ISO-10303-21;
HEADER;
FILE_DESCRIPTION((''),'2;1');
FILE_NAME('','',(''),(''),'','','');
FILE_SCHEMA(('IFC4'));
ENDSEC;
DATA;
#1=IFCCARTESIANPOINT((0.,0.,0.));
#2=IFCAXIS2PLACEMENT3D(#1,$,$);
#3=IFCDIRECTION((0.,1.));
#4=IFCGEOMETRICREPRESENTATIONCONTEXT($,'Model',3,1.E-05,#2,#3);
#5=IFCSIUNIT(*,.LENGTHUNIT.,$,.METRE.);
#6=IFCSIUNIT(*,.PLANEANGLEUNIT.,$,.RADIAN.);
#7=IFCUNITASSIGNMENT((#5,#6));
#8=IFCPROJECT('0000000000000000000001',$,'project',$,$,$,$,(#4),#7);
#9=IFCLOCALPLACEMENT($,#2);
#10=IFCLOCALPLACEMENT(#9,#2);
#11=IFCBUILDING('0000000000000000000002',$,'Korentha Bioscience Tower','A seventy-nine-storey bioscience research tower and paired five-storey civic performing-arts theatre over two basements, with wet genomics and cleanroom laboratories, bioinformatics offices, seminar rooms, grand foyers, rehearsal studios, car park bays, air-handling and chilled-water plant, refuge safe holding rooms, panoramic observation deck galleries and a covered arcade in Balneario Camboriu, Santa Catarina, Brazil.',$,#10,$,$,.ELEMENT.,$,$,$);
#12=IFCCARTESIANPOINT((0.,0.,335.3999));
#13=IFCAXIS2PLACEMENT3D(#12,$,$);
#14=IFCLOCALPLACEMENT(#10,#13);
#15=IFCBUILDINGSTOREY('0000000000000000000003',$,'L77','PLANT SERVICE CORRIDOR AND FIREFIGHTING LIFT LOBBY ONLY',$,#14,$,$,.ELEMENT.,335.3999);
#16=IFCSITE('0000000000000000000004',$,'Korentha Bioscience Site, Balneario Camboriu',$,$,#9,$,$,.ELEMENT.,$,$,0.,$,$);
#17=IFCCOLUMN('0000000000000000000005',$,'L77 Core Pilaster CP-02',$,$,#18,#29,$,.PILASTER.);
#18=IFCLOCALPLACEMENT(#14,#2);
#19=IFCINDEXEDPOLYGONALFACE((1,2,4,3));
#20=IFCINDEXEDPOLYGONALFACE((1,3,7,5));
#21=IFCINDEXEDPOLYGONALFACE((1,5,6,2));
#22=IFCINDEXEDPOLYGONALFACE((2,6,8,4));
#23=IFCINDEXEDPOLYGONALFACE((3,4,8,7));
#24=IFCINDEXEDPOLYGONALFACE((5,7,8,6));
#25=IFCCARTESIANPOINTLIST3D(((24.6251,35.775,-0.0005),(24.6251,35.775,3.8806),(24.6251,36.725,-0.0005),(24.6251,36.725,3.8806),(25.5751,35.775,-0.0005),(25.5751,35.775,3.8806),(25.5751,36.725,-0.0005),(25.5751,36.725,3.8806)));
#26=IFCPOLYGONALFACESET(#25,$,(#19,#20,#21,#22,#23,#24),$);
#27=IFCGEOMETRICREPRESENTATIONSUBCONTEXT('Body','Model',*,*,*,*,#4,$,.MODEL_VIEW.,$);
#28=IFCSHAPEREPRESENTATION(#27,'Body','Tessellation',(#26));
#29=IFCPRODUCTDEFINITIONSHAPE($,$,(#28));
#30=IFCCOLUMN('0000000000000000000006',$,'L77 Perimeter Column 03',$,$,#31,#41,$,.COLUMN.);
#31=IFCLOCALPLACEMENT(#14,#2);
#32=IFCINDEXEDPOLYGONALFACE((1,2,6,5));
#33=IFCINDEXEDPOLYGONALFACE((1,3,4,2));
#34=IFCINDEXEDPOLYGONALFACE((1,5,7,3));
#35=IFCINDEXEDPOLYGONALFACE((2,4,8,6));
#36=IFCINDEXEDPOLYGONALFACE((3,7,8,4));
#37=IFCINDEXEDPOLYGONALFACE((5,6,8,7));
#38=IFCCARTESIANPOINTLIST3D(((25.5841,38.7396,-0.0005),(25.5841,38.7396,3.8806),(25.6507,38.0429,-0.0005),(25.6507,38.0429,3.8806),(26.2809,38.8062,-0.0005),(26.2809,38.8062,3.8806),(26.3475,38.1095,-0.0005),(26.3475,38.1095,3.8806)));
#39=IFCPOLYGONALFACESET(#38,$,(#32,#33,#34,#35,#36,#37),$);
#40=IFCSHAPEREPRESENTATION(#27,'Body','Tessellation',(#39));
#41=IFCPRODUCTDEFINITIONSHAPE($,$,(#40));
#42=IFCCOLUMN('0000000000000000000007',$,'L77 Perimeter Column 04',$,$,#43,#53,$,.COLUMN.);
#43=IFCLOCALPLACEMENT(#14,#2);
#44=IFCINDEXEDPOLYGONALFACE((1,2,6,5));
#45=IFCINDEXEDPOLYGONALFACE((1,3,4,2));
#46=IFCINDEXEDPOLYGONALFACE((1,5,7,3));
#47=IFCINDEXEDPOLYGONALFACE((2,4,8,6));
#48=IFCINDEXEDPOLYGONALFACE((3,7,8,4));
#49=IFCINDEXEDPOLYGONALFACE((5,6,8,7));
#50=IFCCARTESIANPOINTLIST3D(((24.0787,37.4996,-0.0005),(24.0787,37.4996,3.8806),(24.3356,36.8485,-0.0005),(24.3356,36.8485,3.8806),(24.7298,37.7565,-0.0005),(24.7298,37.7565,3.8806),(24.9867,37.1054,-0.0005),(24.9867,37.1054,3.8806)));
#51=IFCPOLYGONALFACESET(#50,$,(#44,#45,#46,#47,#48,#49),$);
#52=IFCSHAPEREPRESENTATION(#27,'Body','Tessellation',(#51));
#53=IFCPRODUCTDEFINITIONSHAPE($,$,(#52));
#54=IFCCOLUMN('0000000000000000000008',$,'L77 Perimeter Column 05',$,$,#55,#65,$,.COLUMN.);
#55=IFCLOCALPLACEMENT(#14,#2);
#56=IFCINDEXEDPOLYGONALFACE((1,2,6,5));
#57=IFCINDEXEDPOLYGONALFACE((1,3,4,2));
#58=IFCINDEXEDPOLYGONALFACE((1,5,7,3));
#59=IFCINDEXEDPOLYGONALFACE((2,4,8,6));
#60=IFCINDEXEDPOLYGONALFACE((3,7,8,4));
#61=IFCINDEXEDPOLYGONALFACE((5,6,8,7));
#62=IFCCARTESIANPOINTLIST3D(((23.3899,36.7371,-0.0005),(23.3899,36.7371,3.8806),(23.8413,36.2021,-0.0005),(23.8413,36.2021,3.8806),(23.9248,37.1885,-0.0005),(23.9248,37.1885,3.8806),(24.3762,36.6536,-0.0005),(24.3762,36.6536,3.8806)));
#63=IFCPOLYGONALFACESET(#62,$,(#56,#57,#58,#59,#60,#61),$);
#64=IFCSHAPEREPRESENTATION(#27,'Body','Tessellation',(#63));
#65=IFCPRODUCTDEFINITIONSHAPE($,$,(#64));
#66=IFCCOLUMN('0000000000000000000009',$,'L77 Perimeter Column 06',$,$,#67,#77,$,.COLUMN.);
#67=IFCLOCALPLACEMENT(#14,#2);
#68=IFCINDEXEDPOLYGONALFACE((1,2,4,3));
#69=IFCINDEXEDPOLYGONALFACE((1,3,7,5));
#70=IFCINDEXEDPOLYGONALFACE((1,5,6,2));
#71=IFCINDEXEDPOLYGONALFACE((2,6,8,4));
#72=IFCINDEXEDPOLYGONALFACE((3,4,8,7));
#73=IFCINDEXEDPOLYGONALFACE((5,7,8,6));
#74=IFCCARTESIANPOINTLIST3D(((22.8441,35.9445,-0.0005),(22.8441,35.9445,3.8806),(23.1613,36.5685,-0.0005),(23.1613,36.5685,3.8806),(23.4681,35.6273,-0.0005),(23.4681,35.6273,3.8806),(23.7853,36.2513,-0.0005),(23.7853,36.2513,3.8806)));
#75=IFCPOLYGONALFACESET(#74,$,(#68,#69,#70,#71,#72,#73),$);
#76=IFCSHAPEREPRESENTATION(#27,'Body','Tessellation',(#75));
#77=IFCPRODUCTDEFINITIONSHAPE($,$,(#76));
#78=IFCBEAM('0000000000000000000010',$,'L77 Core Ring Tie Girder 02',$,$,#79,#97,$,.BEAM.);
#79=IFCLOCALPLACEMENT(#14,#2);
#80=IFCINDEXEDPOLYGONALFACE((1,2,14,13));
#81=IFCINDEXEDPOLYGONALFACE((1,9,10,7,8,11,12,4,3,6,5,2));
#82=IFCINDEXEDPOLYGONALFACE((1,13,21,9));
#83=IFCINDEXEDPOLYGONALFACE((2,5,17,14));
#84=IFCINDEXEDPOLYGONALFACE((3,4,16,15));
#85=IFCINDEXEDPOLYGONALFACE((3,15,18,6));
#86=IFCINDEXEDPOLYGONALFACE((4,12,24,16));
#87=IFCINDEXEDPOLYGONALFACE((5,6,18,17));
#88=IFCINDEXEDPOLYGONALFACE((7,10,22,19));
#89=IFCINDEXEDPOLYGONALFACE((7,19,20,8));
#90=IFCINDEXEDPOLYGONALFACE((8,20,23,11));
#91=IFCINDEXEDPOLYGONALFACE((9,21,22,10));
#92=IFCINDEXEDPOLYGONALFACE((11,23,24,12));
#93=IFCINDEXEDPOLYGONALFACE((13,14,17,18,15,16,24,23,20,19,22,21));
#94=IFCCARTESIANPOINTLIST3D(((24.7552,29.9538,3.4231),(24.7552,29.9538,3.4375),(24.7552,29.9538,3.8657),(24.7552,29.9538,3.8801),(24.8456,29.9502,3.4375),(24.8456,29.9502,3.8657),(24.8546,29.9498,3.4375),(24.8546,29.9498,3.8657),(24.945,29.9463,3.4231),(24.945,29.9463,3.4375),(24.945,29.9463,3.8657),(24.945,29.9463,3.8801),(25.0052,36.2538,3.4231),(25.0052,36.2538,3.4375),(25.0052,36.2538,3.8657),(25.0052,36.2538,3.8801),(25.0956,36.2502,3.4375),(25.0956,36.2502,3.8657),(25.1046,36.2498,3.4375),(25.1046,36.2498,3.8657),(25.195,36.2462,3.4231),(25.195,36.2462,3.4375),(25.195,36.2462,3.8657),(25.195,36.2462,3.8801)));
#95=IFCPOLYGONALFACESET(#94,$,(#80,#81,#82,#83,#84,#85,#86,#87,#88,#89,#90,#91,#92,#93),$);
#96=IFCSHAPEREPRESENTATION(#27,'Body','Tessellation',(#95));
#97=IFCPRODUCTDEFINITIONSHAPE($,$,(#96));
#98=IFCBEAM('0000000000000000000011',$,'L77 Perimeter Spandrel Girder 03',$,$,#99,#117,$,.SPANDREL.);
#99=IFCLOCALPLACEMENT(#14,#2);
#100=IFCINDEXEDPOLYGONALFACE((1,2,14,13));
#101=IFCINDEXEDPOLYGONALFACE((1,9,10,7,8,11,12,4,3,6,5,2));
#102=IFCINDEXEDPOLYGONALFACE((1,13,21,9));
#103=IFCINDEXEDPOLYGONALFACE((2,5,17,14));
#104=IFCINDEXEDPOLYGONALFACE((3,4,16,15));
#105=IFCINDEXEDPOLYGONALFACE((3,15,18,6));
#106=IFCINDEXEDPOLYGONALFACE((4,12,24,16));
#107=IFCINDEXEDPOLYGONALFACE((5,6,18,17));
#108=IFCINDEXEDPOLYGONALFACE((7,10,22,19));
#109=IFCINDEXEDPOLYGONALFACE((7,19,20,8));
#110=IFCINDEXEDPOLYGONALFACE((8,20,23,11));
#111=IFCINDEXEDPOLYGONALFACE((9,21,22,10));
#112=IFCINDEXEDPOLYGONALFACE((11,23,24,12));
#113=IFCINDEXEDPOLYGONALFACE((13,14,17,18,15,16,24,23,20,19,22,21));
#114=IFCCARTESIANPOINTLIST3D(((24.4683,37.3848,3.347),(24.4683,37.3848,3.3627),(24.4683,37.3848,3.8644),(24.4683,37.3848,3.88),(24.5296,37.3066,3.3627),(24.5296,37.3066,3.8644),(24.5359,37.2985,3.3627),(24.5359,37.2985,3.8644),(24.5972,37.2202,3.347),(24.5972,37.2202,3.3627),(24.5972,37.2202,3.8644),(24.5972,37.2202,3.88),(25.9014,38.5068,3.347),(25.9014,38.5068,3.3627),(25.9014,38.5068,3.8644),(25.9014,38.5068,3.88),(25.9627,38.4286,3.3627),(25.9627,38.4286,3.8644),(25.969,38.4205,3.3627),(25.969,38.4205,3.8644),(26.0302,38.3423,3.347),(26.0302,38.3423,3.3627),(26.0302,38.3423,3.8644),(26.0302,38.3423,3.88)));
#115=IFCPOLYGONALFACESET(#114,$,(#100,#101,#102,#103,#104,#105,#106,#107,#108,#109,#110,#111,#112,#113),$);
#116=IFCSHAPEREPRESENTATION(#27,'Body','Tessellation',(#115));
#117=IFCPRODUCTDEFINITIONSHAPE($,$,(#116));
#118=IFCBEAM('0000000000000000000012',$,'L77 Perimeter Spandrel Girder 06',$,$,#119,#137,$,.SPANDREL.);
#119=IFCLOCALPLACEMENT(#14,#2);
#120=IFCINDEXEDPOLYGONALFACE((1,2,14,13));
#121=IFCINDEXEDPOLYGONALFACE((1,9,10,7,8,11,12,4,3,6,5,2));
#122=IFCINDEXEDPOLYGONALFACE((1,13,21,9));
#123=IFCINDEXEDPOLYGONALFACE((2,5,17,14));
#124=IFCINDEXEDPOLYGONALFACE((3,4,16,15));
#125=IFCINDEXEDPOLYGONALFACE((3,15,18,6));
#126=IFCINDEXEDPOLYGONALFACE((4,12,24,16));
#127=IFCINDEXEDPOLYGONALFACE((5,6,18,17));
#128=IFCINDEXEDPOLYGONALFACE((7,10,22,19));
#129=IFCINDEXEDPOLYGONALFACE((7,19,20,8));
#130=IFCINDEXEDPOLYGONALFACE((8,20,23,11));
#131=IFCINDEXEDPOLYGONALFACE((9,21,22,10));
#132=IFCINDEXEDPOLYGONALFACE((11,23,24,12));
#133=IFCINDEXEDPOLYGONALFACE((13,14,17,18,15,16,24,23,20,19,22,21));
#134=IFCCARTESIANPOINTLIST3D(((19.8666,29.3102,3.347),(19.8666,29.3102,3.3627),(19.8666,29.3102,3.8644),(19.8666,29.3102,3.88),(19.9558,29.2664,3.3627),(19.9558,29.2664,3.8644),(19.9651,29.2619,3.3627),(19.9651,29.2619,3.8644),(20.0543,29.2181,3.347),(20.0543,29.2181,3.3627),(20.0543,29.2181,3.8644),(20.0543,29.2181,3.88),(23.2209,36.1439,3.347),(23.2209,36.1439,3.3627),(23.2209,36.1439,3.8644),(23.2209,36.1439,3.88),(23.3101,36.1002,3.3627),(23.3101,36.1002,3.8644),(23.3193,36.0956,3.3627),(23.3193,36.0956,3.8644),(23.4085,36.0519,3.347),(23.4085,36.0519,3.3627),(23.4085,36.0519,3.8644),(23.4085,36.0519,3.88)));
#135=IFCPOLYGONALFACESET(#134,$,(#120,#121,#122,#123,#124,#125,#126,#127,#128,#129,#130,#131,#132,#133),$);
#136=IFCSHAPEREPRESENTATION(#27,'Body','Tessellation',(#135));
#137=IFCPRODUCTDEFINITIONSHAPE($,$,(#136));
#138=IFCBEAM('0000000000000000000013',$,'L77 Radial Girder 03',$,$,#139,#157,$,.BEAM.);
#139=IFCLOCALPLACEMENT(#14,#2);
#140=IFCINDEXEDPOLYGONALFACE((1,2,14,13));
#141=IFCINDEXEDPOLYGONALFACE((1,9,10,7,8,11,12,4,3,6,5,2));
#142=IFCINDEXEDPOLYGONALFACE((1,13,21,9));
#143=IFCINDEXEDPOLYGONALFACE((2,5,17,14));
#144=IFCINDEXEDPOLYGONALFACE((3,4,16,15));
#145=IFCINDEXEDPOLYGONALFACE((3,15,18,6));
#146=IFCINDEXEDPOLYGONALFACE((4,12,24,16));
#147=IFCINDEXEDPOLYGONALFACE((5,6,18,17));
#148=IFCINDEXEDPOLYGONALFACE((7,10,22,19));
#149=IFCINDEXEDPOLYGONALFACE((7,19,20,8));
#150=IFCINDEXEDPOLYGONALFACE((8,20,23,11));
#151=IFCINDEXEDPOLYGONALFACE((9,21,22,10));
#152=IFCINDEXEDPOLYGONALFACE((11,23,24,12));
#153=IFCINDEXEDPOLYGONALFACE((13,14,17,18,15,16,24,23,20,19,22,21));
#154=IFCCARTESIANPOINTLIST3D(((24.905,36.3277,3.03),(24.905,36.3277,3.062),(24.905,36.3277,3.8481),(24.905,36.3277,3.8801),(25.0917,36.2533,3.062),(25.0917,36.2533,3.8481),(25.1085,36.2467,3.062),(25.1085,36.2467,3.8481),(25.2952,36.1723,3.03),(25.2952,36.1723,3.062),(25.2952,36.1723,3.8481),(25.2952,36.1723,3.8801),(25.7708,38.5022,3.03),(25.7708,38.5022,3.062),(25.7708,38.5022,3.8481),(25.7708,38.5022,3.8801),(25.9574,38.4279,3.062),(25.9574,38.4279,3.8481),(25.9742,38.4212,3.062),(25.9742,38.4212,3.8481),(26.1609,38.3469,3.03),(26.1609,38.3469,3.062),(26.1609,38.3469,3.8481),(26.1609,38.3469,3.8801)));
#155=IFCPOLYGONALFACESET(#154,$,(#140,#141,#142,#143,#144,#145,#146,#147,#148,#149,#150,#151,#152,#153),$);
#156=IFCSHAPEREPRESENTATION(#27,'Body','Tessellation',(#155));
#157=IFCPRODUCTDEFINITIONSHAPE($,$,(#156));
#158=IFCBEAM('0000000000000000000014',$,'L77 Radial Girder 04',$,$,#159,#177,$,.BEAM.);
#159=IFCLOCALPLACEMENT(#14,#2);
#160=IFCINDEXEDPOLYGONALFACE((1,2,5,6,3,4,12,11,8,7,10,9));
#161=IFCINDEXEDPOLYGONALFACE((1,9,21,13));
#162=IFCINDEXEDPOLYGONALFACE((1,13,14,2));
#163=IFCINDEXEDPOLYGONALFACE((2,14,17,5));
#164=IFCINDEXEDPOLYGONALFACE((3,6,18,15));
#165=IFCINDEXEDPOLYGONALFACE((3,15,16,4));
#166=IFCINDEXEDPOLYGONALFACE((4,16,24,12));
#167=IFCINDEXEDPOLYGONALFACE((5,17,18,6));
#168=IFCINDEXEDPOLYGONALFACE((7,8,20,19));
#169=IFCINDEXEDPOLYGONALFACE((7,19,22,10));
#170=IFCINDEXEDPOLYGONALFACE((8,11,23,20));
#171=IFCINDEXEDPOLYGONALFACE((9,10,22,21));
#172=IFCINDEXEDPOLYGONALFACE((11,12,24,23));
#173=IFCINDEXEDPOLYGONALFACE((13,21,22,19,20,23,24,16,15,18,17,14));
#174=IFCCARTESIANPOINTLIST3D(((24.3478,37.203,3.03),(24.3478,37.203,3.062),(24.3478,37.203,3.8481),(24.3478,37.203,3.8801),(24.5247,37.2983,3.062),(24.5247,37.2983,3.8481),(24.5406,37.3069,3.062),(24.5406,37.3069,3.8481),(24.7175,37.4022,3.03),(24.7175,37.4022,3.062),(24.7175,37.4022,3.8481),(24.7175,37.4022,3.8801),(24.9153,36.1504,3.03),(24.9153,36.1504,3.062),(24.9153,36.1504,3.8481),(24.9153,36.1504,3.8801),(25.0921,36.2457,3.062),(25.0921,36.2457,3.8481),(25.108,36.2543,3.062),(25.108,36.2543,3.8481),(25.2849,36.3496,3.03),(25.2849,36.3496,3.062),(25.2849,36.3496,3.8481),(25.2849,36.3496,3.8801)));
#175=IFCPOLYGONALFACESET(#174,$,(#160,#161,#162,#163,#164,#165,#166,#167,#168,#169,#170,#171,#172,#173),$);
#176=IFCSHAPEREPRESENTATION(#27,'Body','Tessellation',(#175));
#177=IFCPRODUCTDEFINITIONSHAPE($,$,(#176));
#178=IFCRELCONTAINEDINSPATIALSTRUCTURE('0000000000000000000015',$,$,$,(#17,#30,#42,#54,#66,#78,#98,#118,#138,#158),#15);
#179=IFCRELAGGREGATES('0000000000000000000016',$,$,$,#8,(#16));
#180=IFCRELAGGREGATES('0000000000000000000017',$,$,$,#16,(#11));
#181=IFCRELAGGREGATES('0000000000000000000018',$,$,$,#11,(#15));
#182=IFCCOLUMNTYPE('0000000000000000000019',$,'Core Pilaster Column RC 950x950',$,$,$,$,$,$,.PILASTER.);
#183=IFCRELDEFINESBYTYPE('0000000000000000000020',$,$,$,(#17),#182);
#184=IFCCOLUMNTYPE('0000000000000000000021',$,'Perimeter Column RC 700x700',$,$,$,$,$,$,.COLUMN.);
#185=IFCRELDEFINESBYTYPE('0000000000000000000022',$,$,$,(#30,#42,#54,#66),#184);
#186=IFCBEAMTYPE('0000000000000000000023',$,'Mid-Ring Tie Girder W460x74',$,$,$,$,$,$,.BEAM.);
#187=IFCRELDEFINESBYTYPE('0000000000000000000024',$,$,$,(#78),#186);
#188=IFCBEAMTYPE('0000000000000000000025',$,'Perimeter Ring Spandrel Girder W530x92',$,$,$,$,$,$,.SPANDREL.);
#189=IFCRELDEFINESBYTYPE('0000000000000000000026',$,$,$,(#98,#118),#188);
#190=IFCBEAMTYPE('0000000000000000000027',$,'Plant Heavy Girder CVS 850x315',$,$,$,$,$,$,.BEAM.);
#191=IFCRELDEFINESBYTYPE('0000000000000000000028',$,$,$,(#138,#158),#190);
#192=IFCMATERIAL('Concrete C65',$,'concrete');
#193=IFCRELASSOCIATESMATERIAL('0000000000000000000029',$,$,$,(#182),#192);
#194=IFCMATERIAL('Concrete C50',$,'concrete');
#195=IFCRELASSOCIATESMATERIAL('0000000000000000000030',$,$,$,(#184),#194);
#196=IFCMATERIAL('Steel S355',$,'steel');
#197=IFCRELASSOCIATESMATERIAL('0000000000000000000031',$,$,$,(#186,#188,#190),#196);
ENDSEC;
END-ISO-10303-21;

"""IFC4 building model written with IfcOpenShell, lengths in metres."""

from ifc_helpers import new_model, si_unit, direction, frame, origin, origin_2d, place, context, subcontext, project, spatial, rectangle, i_section, extrude, material, material_profile, profile_set, type_object, element, save


model = new_model("IFC4")

# Units and contexts
model_context = context("Model", 3, precision=1e-05, world=origin(), true_north=direction((0.0, 1.0)))
body_context = subcontext(model_context, "Body", "Model", "MODEL_VIEW")
ifc_project = project(units=[si_unit("LENGTHUNIT", "METRE"), si_unit("PLANEANGLEUNIT", "RADIAN")], contexts=[model_context])

# Site, building, storey
site_placement = place(None, origin())
site = spatial("IfcSite", under=ifc_project, at=site_placement, Name="Korentha Bioscience Site, Balneario Camboriu", CompositionType="ELEMENT", RefElevation=0.0)
building_placement = place(site_placement, origin())
building = spatial("IfcBuilding", under=site, at=building_placement, Name="Korentha Bioscience Tower", Description="A seventy-nine-storey bioscience research tower and paired five-storey civic performing-arts theatre over two basements, with wet genomics and cleanroom laboratories, bioinformatics offices, seminar rooms, grand foyers, rehearsal studios, car park bays, air-handling and chilled-water plant, refuge safe holding rooms, panoramic observation deck galleries and a covered arcade in Balneario Camboriu, Santa Catarina, Brazil.", CompositionType="ELEMENT")
storey_placement = place(building_placement, frame((0.0, 0.0, 335.3999)))
storey = spatial("IfcBuildingStorey", under=building, at=storey_placement, Name="L77", Description="PLANT SERVICE CORRIDOR AND FIREFIGHTING LIFT LOBBY ONLY", CompositionType="ELEMENT", Elevation=335.3999)

# Columns
ifc_material_1 = material(Name="Concrete C65", Category="concrete")
ifc_material_profile_1 = material_profile(ifc_material_1, rectangle(XDim=0.95, YDim=0.95, at=origin_2d()), Name="Concrete C65")
ifc_profile_set_1 = profile_set([ifc_material_profile_1], Name="Concrete C65 (COL-CP09)")
column_type_1 = type_object("IfcColumnType", Name="Core Pilaster Column RC 950x950", PredefinedType="PILASTER", material=ifc_profile_set_1)
column_placement = place(storey_placement, frame((25.1001, 36.25, -0.0005), z_axis=(0.0, 0.0, 1.0), x_axis=(1.0, 0.0, 0.0)))
element("IfcColumn", 1, at=column_placement, inside=storey, type_object=column_type_1, Name="L77 Core Pilaster CP-02", PredefinedType="PILASTER", context=body_context, shape_type="SweptSolid", body=[
    extrude(rectangle(XDim=0.95, YDim=0.95, at=origin_2d()), origin(), (0.0, 0.0, 1.0), 3.8811),
])
ifc_material_2 = material(Name="Concrete C50", Category="concrete")
ifc_material_profile_2 = material_profile(ifc_material_2, rectangle(XDim=0.7, YDim=0.7, at=origin_2d()), Name="Concrete C50")
ifc_profile_set_2 = profile_set([ifc_material_profile_2], Name="Concrete C50 (COL-P07)")
column_type_2 = type_object("IfcColumnType", Name="Perimeter Column RC 700x700", PredefinedType="COLUMN", material=ifc_profile_set_2)
for number, where, z_axis, x_axis, name in (
    (2, (25.9658, 38.4246, -0.0005), (0.0, 0.0, 1.0), (0.995463, 0.095151, 0.0), "L77 Perimeter Column 03"),
    (3, (24.5327, 37.3025, -0.0005), (0.0, 0.0, 1.0), (0.930226, 0.366988, 0.0), "L77 Perimeter Column 04"),
    (4, (23.8831, 36.6953, -0.0005), (0.0, 0.0, 1.0), (0.764246, 0.644924, 0.0), "L77 Perimeter Column 05"),
    (5, (23.3147, 36.0979, -0.0005), (0.0, 0.0, 1.0), (0.453057, 0.891481, 0.0), "L77 Perimeter Column 06"),
):
    element("IfcColumn", number, at=place(storey_placement, frame(where, z_axis=z_axis, x_axis=x_axis)), inside=storey, type_object=column_type_2, Name=name, PredefinedType="COLUMN", context=body_context, shape_type="SweptSolid", body=[
        extrude(rectangle(XDim=0.7, YDim=0.7, at=origin_2d()), origin(), (0.0, 0.0, 1.0), 3.8811),
    ])

# Beams
ifc_material_3 = material(Name="Steel S355", Category="steel")
ifc_material_profile_3 = material_profile(ifc_material_3, i_section(OverallWidth=0.1899, OverallDepth=0.457, WebThickness=0.009, FlangeThickness=0.0144, at=origin_2d()), Name="Steel S355")
ifc_profile_set_3 = profile_set([ifc_material_profile_3], Name="Steel S355 (MB-460)")
beam_type_1 = type_object("IfcBeamType", Name="Mid-Ring Tie Girder W460x74", PredefinedType="BEAM", material=ifc_profile_set_3)
beam_1_placement = place(storey_placement, frame((25.1001, 36.25, 3.6516), z_axis=(-0.039651, -0.999214, 0.0), x_axis=(0.999214, -0.039651, 0.0)))
element("IfcBeam", 6, at=beam_1_placement, inside=storey, type_object=beam_type_1, Name="L77 Core Ring Tie Girder 02", PredefinedType="BEAM", context=body_context, shape_type="SweptSolid", body=[
    extrude(i_section(OverallWidth=0.1899, OverallDepth=0.457, WebThickness=0.009, FlangeThickness=0.0144, at=origin_2d()), origin(), (0.0, 0.0, 1.0), 6.3049),
])
ifc_material_profile_4 = material_profile(ifc_material_3, i_section(OverallWidth=0.209, OverallDepth=0.533, WebThickness=0.0103, FlangeThickness=0.0156, at=origin_2d()), Name="Steel S355")
ifc_profile_set_4 = profile_set([ifc_material_profile_4], Name="Steel S355 (SB-530)")
beam_type_2 = type_object("IfcBeamType", Name="Perimeter Ring Spandrel Girder W530x92", PredefinedType="SPANDREL", material=ifc_profile_set_4)
beam_2_placement = place(storey_placement, frame((25.9658, 38.4246, 3.6135), z_axis=(-0.787369, -0.616482, 0.0), x_axis=(0.616482, -0.787369, 0.0)))
element("IfcBeam", 7, at=beam_2_placement, inside=storey, type_object=beam_type_2, Name="L77 Perimeter Spandrel Girder 03", PredefinedType="SPANDREL", context=body_context, shape_type="SweptSolid", body=[
    extrude(i_section(OverallWidth=0.209, OverallDepth=0.533, WebThickness=0.0103, FlangeThickness=0.0156, at=origin_2d()), origin(), (0.0, 0.0, 1.0), 1.8201),
])
beam_3_placement = place(storey_placement, frame((23.3147, 36.0979, 3.6135), z_axis=(-0.440621, -0.897693, 0.0), x_axis=(0.897693, -0.440621, 0.0)))
element("IfcBeam", 8, at=beam_3_placement, inside=storey, type_object=beam_type_2, Name="L77 Perimeter Spandrel Girder 06", PredefinedType="SPANDREL", context=body_context, shape_type="SweptSolid", body=[
    extrude(i_section(OverallWidth=0.209, OverallDepth=0.533, WebThickness=0.0103, FlangeThickness=0.0156, at=origin_2d()), origin(), (0.0, 0.0, 1.0), 7.6125),
])
ifc_material_profile_5 = material_profile(ifc_material_3, i_section(OverallWidth=0.4199, OverallDepth=0.8501, WebThickness=0.0181, FlangeThickness=0.032, at=origin_2d()), Name="Steel S355")
ifc_profile_set_5 = profile_set([ifc_material_profile_5], Name="Steel S355 (MB-850)")
beam_type_3 = type_object("IfcBeamType", Name="Plant Heavy Girder CVS 850x315", PredefinedType="BEAM", material=ifc_profile_set_5)
beam_4_placement = place(storey_placement, frame((25.1001, 36.25, 3.4551), z_axis=(0.36988, 0.92908, 0.0), x_axis=(-0.92908, 0.36988, 0.0)))
element("IfcBeam", 9, at=beam_4_placement, inside=storey, type_object=beam_type_3, Name="L77 Radial Girder 03", PredefinedType="BEAM", context=body_context, shape_type="SweptSolid", body=[
    extrude(i_section(OverallWidth=0.4199, OverallDepth=0.8501, WebThickness=0.0181, FlangeThickness=0.032, at=origin_2d()), origin(), (0.0, 0.0, 1.0), 2.3406),
])
beam_5_placement = place(storey_placement, frame((25.1001, 36.25, 3.4551), z_axis=(-0.474526, 0.880242, 0.0), x_axis=(-0.880242, -0.474526, 0.0)))
element("IfcBeam", 10, at=beam_5_placement, inside=storey, type_object=beam_type_3, Name="L77 Radial Girder 04", PredefinedType="BEAM", context=body_context, shape_type="SweptSolid", body=[
    extrude(i_section(OverallWidth=0.4199, OverallDepth=0.8501, WebThickness=0.0181, FlangeThickness=0.032, at=origin_2d()), origin(), (0.0, 0.0, 1.0), 1.1958),
])

save(model, "model.ifc")
